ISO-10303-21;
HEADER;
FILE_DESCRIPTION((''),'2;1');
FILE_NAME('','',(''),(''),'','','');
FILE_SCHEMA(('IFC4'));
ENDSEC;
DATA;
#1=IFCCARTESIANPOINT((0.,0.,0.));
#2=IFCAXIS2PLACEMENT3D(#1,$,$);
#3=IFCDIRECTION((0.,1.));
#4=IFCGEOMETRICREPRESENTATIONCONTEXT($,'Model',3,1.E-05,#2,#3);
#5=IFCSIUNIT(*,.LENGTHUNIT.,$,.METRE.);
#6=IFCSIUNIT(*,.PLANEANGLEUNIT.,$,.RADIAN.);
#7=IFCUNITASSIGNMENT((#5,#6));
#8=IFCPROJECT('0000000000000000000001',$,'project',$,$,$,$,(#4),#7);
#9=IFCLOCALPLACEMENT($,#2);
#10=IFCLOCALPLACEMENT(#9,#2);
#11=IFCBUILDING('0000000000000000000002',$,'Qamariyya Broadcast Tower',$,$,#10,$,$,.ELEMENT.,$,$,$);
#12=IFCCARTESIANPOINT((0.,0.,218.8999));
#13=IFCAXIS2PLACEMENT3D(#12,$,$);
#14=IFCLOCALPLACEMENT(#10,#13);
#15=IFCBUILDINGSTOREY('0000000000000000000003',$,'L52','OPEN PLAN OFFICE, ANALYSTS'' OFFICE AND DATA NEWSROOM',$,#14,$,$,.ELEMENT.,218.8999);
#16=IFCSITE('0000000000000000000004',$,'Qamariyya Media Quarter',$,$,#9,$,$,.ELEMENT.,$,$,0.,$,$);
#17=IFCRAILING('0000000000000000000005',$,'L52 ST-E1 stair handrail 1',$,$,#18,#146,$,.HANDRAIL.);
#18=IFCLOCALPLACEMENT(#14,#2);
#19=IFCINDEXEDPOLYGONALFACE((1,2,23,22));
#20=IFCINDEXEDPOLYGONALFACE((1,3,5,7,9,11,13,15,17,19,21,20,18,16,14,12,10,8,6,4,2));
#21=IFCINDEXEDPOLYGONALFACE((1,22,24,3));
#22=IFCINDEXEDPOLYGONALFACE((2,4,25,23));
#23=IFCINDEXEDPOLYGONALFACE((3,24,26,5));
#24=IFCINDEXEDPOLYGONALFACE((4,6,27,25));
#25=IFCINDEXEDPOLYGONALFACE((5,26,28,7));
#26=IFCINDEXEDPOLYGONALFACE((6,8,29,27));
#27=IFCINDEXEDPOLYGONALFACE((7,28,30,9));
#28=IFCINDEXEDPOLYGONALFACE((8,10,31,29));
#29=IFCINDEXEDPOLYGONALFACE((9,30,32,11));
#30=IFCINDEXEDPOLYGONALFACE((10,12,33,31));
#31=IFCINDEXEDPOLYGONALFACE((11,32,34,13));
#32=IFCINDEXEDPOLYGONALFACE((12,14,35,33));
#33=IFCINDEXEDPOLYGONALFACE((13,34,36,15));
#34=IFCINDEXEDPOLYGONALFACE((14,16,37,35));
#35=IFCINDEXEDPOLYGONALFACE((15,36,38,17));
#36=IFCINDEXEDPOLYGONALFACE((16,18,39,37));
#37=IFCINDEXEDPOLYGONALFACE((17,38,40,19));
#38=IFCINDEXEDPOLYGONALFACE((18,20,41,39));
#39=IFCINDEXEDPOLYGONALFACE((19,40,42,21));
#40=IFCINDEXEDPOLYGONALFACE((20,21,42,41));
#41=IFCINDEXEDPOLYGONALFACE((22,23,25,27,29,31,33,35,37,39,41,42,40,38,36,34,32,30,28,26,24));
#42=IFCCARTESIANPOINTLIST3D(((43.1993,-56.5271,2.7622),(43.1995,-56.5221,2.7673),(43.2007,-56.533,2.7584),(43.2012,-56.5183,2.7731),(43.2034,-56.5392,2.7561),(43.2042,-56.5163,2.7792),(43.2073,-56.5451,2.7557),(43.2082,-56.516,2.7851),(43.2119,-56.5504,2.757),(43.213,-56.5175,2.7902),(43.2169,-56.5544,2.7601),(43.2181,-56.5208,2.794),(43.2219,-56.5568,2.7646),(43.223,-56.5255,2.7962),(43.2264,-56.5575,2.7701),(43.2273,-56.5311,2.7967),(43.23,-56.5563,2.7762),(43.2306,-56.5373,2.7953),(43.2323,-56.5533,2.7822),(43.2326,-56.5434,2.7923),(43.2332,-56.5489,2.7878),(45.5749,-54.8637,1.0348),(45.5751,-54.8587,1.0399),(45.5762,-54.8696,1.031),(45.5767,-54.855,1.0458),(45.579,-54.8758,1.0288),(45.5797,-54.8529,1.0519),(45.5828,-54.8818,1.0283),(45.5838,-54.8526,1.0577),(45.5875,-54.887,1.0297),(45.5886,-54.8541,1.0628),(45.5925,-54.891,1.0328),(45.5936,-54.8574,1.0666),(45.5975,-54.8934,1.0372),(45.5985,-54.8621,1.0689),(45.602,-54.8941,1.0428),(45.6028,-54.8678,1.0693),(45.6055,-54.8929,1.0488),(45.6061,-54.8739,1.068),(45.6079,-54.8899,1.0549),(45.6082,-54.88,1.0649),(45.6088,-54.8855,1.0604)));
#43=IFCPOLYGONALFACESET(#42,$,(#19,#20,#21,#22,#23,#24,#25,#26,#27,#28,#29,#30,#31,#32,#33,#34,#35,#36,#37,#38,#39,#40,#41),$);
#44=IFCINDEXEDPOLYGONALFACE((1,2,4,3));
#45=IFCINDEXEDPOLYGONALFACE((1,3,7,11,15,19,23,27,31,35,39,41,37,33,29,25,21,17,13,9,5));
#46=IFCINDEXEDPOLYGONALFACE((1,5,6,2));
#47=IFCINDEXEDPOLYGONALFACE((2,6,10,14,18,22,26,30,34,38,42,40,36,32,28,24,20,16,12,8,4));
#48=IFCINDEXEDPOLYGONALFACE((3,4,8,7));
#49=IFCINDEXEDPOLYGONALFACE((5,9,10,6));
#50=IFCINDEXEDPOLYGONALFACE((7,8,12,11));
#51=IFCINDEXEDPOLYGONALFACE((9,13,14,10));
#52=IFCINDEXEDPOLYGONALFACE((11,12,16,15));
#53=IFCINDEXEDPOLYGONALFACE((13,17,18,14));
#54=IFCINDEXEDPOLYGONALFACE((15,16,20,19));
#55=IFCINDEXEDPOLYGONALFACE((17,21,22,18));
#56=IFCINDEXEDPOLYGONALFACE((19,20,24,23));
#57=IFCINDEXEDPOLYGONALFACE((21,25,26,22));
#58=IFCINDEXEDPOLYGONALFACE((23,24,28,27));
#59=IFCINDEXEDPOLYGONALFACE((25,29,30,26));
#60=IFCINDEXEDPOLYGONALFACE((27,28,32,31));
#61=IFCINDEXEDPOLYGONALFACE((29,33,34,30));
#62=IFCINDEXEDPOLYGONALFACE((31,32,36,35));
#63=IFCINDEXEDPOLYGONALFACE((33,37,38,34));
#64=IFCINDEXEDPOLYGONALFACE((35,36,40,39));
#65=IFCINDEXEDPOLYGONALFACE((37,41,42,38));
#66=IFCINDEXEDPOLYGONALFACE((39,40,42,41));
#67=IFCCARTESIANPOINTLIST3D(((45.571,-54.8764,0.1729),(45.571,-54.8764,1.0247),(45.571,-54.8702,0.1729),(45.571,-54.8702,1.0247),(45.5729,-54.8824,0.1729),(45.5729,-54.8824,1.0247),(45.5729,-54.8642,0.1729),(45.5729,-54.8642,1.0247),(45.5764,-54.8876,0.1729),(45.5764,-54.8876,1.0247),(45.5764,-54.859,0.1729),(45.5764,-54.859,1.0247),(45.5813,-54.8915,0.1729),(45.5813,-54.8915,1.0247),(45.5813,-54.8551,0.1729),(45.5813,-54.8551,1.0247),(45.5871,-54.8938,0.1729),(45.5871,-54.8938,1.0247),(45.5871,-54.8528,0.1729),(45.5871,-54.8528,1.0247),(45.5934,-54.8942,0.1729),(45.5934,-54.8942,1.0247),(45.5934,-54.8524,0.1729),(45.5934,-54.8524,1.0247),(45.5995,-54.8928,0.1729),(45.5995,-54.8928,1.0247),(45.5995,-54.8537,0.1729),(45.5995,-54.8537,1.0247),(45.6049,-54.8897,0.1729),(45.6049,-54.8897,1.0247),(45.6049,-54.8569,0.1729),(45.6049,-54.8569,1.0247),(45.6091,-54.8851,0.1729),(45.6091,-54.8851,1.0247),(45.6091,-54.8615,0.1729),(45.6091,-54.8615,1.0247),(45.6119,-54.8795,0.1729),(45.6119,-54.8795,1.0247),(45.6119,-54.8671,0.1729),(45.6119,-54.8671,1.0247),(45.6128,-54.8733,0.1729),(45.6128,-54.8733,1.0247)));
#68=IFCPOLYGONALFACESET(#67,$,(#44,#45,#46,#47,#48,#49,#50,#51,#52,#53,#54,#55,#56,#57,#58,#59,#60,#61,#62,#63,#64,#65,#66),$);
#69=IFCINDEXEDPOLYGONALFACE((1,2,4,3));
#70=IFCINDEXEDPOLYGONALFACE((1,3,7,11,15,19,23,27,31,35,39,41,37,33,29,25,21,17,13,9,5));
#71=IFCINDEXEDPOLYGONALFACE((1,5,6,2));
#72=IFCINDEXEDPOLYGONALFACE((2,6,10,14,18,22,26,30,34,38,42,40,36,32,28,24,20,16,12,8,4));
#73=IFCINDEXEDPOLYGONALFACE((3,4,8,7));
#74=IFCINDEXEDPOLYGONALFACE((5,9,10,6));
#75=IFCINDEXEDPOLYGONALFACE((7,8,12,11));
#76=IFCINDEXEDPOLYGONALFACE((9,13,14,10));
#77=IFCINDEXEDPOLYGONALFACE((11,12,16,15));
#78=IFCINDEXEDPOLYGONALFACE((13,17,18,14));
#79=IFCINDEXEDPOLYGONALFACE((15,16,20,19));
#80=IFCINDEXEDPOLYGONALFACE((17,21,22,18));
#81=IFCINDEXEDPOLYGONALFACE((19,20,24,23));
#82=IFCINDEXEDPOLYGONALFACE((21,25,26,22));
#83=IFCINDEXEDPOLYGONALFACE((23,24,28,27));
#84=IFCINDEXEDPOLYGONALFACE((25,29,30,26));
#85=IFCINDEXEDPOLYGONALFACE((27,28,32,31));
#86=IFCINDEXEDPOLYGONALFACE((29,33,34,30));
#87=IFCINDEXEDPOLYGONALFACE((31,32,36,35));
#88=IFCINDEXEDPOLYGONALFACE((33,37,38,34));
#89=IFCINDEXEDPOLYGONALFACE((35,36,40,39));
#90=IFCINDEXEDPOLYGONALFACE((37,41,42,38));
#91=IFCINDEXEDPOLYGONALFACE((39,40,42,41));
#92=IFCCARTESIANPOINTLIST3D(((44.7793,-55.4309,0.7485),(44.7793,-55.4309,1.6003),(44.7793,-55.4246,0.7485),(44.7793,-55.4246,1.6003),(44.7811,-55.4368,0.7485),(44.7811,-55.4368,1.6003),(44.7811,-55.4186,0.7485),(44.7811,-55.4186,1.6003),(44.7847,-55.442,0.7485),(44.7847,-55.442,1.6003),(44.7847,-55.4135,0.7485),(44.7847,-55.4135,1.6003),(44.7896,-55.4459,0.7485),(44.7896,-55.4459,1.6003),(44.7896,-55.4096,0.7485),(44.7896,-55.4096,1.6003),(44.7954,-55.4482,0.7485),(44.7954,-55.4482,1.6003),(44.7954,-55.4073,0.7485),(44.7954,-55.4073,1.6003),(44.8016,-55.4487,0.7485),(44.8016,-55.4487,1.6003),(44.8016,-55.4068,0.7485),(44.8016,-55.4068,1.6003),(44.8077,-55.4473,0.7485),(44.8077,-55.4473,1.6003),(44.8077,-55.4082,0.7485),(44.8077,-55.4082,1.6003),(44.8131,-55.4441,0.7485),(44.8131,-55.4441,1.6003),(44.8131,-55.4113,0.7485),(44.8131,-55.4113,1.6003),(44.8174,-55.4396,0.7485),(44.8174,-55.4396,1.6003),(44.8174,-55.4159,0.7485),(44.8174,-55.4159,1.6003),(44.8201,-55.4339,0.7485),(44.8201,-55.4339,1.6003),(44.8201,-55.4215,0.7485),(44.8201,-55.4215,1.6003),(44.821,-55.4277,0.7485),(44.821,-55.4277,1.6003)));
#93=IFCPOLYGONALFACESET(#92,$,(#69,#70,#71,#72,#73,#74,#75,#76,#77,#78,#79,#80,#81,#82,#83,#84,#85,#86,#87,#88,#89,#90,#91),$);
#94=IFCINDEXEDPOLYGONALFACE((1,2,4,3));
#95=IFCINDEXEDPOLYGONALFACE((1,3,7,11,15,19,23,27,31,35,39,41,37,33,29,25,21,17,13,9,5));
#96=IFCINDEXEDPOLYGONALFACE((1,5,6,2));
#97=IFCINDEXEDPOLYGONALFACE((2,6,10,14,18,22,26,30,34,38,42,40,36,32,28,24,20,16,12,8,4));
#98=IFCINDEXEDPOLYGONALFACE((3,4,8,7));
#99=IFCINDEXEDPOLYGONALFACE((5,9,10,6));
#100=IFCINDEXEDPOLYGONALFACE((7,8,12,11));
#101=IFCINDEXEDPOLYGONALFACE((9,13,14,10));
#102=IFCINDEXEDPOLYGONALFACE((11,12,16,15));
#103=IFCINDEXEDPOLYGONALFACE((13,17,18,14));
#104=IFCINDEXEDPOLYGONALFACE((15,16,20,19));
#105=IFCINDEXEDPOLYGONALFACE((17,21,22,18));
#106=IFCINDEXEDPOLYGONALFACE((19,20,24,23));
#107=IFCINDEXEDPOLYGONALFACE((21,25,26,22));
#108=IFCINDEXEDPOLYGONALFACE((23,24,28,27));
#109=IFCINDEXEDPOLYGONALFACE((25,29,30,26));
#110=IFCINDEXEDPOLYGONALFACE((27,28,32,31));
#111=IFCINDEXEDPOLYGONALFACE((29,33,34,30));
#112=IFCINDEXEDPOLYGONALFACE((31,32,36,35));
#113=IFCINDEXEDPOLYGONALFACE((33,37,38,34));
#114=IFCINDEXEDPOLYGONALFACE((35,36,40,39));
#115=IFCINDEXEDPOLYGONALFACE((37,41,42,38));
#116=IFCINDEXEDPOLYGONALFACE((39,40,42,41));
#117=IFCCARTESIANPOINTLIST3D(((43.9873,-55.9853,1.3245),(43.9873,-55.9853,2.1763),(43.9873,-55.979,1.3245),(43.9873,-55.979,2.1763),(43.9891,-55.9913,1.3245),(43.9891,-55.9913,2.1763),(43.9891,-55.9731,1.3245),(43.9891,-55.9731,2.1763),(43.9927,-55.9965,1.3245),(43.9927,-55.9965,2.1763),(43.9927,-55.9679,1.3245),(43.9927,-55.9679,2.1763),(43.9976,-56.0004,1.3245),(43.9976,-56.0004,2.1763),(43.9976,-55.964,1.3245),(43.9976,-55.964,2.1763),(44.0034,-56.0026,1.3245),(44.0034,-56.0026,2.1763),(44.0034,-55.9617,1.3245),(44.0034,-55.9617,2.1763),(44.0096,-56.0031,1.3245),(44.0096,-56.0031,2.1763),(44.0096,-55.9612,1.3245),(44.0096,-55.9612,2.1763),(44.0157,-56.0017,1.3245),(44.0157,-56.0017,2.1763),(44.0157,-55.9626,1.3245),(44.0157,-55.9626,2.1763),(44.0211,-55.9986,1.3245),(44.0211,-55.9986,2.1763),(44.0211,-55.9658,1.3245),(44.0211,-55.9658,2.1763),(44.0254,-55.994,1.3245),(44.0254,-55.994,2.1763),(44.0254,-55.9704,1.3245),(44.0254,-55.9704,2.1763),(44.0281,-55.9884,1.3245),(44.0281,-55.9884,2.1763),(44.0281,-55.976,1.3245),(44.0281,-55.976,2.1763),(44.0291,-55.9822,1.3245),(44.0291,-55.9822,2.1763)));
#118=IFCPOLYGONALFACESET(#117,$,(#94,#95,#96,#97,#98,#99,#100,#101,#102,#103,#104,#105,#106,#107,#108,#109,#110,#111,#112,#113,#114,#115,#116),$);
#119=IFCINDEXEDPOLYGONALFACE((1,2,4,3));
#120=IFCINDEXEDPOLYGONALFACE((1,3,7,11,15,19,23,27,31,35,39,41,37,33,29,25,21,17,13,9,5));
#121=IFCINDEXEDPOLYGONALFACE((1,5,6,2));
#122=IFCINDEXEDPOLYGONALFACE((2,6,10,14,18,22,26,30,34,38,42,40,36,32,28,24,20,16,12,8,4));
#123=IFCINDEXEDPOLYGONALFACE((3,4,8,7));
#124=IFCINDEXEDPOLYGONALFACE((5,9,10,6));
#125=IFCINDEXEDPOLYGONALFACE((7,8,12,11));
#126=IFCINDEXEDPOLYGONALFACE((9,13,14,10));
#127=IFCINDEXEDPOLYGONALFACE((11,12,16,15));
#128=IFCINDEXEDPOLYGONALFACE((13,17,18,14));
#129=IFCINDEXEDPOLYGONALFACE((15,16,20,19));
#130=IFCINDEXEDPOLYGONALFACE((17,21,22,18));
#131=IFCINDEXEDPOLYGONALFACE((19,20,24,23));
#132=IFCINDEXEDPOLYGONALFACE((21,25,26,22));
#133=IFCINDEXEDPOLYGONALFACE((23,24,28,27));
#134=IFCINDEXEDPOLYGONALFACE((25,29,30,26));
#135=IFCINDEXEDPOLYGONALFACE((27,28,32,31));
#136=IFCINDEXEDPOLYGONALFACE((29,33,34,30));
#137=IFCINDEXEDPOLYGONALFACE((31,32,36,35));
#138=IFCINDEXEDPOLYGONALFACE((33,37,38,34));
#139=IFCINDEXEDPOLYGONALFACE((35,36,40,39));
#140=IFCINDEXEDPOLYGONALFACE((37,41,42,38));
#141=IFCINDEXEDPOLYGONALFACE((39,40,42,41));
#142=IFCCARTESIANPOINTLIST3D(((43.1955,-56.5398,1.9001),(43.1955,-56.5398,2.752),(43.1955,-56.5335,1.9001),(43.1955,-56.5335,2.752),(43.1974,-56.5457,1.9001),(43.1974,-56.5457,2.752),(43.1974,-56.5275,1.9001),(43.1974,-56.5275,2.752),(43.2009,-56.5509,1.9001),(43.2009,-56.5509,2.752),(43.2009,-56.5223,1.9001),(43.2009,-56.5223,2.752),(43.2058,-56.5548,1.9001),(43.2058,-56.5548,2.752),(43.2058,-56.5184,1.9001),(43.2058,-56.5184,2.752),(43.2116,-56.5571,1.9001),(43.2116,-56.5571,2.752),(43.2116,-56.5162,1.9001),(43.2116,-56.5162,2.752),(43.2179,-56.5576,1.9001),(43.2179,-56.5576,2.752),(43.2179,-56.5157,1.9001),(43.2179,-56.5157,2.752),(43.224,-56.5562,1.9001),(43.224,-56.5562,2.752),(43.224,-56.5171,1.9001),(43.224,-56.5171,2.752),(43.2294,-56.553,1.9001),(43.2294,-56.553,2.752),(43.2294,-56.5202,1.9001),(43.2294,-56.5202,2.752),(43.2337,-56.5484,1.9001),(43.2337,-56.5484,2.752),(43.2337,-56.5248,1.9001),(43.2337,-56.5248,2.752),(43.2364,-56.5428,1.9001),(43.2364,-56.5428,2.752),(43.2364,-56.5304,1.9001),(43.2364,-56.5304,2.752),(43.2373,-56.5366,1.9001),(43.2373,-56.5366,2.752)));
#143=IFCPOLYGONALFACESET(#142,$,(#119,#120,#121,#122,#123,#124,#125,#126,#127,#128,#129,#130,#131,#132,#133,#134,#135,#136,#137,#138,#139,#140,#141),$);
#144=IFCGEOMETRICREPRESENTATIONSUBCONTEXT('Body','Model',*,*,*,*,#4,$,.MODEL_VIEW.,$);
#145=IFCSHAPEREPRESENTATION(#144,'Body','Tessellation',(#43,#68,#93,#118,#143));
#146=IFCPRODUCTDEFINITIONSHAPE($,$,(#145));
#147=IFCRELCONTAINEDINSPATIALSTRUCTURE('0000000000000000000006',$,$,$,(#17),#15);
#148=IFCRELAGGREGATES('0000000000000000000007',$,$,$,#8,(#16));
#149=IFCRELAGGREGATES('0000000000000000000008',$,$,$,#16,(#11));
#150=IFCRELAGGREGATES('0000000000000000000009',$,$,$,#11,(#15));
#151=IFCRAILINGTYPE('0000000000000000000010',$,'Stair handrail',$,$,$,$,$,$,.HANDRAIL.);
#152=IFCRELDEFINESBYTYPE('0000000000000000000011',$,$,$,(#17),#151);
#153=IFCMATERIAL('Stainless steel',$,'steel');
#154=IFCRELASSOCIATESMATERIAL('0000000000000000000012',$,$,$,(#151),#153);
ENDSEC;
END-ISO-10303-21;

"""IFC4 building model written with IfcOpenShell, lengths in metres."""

from ifc_helpers import new_model, si_unit, direction, frame, origin, origin_2d, place, context, subcontext, project, spatial, circle, extrude, material, type_object, element, save


model = new_model("IFC4")

# Units and contexts
model_context = context("Model", 3, precision=1e-05, world=origin(), true_north=direction((0.0, 1.0)))
body_context = subcontext(model_context, "Body", "Model", "MODEL_VIEW")
ifc_project = project(units=[si_unit("LENGTHUNIT", "METRE"), si_unit("PLANEANGLEUNIT", "RADIAN")], contexts=[model_context])

# Site, building, storey
site_placement = place(None, origin())
site = spatial("IfcSite", under=ifc_project, at=site_placement, Name="Qamariyya Media Quarter", CompositionType="ELEMENT", RefElevation=0.0)
building_placement = place(site_placement, origin())
building = spatial("IfcBuilding", under=site, at=building_placement, Name="Qamariyya Broadcast Tower", CompositionType="ELEMENT")
storey_placement = place(building_placement, frame((0.0, 0.0, 218.8999)))
storey = spatial("IfcBuildingStorey", under=building, at=storey_placement, Name="L52", Description="OPEN PLAN OFFICE, ANALYSTS' OFFICE AND DATA NEWSROOM", CompositionType="ELEMENT", Elevation=218.8999)

# Railing
ifc_material_1 = material(Name="Stainless steel", Category="steel")
railing_type_1 = type_object("IfcRailingType", Name="Stair handrail", PredefinedType="HANDRAIL", material=ifc_material_1)
railing_1_placement = place(storey_placement, frame((45.5918, -54.8733, 0.1729)))
element("IfcRailing", 1, at=railing_1_placement, inside=storey, type_object=railing_type_1, Name="L52 ST-E1 stair handrail 1", PredefinedType="HANDRAIL", context=body_context, shape_type="SweptSolid", body=[
    extrude(circle(Radius=0.0239, at=origin_2d()), frame((0.0, 0.0, 0.876), z_axis=(-0.70377, -0.492784, 0.511734), x_axis=(0.573575, -0.819153, 0.0)), (0.0, 0.0, 1.0), 3.3755),
    extrude(circle(Radius=0.021, at=origin_2d()), origin(), (0.0, 0.0, 1.0), 0.8518),
    extrude(circle(Radius=0.021, at=origin_2d()), frame((-0.7917, -0.5544, 0.5757)), (0.0, 0.0, 1.0), 0.8518),
    extrude(circle(Radius=0.021, at=origin_2d()), frame((-1.5837, -1.1089, 1.1516)), (0.0, 0.0, 1.0), 0.8518),
    extrude(circle(Radius=0.021, at=origin_2d()), frame((-2.3755, -1.6633, 1.7273)), (0.0, 0.0, 1.0), 0.8518),
])

save(model, "model.ifc")
